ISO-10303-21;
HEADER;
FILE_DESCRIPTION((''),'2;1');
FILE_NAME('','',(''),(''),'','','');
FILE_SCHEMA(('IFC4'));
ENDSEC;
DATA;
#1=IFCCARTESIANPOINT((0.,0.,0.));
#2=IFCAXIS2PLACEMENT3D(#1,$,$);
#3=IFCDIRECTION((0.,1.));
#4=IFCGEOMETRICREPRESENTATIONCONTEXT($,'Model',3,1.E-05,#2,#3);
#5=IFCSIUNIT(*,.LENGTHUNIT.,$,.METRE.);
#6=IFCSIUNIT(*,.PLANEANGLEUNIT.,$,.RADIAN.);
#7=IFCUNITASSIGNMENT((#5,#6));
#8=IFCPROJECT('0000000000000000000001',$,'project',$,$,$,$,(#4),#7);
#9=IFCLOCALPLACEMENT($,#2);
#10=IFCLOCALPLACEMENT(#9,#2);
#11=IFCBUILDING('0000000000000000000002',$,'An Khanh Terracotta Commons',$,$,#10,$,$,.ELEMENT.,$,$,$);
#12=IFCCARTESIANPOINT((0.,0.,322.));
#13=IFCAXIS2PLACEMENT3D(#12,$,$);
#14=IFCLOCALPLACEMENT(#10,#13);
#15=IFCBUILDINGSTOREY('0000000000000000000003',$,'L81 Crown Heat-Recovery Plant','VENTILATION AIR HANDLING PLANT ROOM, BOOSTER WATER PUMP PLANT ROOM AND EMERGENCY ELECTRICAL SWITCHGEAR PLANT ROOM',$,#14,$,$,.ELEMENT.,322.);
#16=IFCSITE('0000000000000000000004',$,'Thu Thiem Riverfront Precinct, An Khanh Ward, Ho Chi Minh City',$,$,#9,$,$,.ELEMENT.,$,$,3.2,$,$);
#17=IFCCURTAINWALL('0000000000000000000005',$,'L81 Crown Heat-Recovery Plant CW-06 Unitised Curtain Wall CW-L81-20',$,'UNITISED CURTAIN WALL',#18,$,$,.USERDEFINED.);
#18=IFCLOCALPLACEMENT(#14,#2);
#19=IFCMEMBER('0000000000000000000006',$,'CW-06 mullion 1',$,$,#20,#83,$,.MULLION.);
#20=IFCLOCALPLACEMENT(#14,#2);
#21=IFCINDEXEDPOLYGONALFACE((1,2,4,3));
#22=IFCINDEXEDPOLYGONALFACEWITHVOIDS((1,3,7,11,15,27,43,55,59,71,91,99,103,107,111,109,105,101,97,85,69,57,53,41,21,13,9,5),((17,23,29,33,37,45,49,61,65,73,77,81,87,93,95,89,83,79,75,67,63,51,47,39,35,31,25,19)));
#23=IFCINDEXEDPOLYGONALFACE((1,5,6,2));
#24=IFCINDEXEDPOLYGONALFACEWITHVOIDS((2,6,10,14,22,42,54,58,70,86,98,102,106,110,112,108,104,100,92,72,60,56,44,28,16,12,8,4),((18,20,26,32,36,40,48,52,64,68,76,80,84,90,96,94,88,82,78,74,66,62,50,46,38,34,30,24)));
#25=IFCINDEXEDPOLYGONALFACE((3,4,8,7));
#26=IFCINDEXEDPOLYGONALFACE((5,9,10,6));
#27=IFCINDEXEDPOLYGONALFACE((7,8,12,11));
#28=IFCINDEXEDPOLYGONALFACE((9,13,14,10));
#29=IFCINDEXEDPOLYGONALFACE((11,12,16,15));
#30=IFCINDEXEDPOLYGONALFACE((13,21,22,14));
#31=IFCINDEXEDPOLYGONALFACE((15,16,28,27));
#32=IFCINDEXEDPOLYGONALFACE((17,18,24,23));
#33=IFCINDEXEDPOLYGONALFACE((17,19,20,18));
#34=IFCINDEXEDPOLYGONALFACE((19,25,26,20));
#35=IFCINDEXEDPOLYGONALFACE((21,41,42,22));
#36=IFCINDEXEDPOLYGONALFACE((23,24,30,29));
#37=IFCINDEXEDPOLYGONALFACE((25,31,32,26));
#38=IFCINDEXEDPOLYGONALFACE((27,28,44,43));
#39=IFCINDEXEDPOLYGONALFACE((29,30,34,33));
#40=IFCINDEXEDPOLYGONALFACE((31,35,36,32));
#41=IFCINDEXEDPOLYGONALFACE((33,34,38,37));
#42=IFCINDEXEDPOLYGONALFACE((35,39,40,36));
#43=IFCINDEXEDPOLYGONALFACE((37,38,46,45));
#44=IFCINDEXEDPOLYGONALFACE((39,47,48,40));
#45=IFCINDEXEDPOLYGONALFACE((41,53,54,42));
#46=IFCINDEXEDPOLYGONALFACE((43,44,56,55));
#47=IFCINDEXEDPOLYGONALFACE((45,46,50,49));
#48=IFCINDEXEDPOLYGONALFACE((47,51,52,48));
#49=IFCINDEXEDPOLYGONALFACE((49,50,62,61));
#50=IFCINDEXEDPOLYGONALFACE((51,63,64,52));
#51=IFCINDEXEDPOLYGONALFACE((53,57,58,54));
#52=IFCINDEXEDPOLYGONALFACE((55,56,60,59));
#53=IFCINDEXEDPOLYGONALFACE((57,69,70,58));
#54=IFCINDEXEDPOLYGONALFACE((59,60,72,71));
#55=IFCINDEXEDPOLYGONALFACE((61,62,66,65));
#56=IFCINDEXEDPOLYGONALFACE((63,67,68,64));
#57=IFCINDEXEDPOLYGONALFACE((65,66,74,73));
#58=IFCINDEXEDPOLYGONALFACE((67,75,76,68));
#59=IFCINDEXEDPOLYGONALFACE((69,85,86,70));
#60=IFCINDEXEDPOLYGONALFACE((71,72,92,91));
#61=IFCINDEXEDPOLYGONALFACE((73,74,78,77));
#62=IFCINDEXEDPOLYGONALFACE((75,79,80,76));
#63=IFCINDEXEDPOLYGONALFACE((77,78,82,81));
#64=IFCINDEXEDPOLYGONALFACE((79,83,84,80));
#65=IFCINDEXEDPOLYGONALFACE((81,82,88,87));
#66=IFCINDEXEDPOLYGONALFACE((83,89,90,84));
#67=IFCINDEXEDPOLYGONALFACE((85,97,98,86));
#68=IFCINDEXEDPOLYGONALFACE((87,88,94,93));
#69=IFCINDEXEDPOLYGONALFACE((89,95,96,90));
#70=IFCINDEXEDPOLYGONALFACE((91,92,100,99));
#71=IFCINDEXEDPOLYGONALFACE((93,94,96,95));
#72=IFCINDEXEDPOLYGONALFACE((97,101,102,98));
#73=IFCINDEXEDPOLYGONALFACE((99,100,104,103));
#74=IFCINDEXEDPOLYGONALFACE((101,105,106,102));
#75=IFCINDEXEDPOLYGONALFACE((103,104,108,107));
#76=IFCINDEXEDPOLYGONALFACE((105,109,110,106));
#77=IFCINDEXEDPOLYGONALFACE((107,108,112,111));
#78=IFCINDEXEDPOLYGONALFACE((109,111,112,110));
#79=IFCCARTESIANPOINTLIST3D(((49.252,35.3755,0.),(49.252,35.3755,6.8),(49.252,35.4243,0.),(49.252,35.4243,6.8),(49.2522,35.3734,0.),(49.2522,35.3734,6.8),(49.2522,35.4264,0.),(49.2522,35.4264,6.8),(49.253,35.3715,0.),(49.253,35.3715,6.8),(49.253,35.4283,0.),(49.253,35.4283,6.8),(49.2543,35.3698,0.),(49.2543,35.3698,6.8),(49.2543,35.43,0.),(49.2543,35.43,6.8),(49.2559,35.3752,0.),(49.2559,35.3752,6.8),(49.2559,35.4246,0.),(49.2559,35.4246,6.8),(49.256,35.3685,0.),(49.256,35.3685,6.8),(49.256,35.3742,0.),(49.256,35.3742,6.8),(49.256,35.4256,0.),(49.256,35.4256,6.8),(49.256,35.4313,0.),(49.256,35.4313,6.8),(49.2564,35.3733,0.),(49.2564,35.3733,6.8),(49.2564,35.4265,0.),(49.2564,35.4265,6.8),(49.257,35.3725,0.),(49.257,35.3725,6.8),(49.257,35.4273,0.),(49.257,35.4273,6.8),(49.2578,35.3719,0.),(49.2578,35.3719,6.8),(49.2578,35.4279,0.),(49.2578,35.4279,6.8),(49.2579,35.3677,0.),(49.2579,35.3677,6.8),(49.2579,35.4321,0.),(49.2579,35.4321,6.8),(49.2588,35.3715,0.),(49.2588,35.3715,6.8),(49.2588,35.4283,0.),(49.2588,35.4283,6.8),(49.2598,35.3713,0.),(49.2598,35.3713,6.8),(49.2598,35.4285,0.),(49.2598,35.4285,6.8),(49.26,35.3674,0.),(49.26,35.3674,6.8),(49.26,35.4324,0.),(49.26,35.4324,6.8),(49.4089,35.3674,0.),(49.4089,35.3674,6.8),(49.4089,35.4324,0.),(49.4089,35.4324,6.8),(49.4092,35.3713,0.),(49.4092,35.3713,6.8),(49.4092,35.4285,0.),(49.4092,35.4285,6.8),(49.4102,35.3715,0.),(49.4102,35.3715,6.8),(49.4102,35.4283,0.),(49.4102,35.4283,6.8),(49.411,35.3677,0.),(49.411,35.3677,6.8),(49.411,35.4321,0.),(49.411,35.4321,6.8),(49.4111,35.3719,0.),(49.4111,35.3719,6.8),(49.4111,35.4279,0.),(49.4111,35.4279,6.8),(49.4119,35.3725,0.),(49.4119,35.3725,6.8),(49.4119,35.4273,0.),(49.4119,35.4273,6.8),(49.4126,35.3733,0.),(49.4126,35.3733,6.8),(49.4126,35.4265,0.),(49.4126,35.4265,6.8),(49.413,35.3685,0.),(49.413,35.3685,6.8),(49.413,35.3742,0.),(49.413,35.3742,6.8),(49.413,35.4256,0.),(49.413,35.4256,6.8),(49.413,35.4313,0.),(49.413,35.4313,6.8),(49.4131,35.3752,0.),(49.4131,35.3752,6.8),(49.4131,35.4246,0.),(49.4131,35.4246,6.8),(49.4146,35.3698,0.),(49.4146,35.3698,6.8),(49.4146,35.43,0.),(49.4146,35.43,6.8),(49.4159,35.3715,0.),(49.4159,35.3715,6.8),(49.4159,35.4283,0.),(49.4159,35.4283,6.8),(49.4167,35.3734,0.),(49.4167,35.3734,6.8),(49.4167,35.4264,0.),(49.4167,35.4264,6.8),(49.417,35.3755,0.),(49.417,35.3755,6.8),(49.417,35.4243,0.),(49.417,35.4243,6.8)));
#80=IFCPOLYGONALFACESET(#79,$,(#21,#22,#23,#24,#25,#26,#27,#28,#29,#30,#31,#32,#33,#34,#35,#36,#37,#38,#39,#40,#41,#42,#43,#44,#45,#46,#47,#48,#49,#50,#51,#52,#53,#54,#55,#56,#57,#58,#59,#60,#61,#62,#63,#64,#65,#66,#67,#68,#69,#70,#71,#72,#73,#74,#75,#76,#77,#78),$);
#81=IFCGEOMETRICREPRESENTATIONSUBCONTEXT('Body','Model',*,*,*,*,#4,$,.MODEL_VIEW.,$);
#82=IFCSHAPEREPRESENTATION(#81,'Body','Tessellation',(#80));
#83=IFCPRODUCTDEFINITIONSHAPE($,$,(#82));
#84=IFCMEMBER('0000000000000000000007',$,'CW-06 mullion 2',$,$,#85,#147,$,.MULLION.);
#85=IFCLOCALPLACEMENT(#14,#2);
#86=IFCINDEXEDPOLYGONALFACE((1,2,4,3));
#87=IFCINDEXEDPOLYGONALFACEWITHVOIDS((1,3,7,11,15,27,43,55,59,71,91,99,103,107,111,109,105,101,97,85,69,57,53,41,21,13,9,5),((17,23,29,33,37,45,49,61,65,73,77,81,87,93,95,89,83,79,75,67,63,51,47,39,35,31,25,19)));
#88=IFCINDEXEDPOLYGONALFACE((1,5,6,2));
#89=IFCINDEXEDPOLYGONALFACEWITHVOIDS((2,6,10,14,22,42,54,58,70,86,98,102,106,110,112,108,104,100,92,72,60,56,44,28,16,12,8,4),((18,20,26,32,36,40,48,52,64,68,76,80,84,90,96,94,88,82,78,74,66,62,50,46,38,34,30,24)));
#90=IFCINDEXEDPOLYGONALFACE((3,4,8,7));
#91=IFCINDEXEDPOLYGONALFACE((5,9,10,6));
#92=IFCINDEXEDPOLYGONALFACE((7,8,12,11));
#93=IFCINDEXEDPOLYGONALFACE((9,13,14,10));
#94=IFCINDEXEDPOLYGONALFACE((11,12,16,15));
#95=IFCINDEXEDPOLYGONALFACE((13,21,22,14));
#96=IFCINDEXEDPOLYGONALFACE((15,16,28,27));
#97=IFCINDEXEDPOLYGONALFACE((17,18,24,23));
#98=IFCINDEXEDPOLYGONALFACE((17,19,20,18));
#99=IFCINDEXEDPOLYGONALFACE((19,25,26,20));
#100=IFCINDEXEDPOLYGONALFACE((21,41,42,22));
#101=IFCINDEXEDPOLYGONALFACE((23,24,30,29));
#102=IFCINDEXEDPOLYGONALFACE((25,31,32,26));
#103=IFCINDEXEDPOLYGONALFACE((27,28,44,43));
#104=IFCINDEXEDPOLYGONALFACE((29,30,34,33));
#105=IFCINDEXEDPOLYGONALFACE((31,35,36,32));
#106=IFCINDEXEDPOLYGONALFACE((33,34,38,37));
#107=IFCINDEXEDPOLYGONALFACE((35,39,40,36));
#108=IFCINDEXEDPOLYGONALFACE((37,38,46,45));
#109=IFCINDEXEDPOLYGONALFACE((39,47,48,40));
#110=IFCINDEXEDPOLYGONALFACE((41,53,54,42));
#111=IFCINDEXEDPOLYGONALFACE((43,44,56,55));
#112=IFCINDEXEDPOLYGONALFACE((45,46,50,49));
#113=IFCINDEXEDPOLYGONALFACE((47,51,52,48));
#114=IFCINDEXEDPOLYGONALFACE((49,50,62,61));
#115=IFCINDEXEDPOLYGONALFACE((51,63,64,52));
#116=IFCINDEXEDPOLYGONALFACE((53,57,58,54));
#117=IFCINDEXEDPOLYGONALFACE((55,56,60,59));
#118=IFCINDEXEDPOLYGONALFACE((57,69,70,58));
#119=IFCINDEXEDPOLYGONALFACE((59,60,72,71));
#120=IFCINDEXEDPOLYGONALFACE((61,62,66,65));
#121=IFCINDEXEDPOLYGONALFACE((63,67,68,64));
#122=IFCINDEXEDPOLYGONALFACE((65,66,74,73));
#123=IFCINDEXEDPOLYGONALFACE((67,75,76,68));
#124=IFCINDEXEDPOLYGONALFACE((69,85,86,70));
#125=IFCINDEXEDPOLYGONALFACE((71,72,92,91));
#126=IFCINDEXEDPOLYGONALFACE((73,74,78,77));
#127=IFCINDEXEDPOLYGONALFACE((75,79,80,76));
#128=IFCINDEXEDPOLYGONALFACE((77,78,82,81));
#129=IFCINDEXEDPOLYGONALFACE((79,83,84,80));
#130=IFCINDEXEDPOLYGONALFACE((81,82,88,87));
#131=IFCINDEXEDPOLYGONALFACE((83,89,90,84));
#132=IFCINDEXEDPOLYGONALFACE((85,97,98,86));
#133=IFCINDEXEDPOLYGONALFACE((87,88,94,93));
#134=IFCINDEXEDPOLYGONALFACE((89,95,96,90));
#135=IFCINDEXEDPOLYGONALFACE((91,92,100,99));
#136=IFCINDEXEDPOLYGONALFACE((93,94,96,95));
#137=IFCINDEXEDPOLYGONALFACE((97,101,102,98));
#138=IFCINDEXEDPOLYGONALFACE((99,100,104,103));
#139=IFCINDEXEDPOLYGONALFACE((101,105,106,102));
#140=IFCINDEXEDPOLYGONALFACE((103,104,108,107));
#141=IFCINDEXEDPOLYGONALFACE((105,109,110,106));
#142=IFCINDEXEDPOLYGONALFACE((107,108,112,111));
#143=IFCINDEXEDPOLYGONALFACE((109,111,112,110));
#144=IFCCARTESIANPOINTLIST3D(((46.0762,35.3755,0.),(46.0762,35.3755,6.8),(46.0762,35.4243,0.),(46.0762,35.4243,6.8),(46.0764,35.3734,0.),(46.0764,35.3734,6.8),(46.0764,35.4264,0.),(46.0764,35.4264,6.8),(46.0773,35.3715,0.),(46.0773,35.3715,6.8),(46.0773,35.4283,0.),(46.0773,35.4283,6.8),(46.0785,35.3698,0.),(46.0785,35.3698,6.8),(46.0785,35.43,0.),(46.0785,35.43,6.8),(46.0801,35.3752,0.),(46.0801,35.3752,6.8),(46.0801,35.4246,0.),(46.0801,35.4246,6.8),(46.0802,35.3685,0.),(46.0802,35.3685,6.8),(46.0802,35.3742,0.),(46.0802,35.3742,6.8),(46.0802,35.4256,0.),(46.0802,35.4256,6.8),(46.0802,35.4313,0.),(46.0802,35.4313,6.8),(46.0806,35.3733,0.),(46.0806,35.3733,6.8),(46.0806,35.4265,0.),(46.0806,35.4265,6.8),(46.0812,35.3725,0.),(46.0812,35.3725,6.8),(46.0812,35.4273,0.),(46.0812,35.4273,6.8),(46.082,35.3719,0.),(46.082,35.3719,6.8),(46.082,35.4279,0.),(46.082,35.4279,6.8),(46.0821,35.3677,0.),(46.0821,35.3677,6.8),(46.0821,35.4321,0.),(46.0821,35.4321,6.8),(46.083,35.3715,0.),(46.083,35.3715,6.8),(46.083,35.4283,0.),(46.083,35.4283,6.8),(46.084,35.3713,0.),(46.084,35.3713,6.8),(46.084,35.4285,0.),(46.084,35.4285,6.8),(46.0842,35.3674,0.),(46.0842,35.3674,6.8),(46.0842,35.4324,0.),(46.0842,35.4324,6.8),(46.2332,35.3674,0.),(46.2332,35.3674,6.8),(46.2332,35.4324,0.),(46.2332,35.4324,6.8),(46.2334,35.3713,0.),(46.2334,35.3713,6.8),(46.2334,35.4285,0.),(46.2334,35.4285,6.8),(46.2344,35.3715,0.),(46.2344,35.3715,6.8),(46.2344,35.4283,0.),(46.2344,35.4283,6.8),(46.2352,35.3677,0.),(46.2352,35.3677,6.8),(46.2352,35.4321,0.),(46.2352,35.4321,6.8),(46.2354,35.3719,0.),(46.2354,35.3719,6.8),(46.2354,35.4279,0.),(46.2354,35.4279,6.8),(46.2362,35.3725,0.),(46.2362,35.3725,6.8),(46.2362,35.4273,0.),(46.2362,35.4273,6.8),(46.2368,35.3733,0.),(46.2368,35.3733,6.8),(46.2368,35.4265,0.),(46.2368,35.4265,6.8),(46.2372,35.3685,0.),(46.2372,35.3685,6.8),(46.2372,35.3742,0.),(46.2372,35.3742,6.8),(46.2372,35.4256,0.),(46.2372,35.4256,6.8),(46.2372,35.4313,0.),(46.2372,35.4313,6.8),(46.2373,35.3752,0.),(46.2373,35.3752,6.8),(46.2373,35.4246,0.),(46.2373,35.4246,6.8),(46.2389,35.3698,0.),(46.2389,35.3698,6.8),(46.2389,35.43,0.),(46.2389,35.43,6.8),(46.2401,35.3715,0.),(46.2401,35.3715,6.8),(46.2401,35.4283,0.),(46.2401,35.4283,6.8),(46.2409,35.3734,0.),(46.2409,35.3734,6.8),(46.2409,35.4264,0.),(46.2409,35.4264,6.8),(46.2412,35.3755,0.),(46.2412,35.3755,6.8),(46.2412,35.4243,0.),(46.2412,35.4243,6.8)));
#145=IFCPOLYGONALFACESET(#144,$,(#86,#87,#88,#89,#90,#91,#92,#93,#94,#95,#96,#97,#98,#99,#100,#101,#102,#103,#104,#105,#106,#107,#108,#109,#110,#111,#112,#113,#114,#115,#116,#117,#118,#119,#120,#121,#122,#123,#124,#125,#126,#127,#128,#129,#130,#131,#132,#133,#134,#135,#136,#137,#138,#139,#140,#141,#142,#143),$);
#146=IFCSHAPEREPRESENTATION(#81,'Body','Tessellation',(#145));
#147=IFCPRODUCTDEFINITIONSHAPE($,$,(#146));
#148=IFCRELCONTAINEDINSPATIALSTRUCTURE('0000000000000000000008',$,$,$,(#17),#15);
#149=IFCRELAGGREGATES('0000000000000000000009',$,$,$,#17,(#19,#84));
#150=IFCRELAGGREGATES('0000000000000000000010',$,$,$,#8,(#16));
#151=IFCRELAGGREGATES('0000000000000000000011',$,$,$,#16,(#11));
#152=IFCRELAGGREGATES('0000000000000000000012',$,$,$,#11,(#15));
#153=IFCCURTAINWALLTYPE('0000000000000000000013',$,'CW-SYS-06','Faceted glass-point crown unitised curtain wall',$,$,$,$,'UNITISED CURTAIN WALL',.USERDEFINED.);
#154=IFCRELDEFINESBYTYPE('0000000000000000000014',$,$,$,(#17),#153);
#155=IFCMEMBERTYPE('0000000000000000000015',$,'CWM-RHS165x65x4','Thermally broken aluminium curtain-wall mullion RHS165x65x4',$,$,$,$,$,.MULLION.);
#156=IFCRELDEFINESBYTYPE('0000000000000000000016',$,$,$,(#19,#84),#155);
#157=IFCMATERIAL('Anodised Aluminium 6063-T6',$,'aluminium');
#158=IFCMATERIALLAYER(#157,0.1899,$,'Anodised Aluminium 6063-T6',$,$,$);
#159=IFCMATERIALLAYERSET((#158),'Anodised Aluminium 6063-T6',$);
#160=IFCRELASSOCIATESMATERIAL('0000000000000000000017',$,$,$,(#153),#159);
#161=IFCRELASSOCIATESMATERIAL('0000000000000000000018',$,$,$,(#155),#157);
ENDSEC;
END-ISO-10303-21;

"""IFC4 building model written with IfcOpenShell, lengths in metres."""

from ifc_helpers import new_model, si_unit, direction, frame, origin, origin_2d, place, context, subcontext, project, spatial, hollow_rectangle, extrude, material, layer, layer_set, material_profile, profile_set, type_object, element, aggregate, save


model = new_model("IFC4")

# Units and contexts
model_context = context("Model", 3, precision=1e-05, world=origin(), true_north=direction((0.0, 1.0)))
body_context = subcontext(model_context, "Body", "Model", "MODEL_VIEW")
ifc_project = project(units=[si_unit("LENGTHUNIT", "METRE"), si_unit("PLANEANGLEUNIT", "RADIAN")], contexts=[model_context])

# Site, building, storey
site_placement = place(None, origin())
site = spatial("IfcSite", under=ifc_project, at=site_placement, Name="Thu Thiem Riverfront Precinct, An Khanh Ward, Ho Chi Minh City", CompositionType="ELEMENT", RefElevation=3.2)
building_placement = place(site_placement, origin())
building = spatial("IfcBuilding", under=site, at=building_placement, Name="An Khanh Terracotta Commons", CompositionType="ELEMENT")
storey_placement = place(building_placement, frame((0.0, 0.0, 322.0)))
storey = spatial("IfcBuildingStorey", under=building, at=storey_placement, Name="L81 Crown Heat-Recovery Plant", Description="VENTILATION AIR HANDLING PLANT ROOM, BOOSTER WATER PUMP PLANT ROOM AND EMERGENCY ELECTRICAL SWITCHGEAR PLANT ROOM", CompositionType="ELEMENT", Elevation=322.0)

# Curtain wall, members
ifc_material_1 = material(Name="Anodised Aluminium 6063-T6", Category="aluminium")
ifc_layer_1 = layer(ifc_material_1, 0.1899, Name="Anodised Aluminium 6063-T6")
ifc_layer_set_1 = layer_set([ifc_layer_1], Name="Anodised Aluminium 6063-T6")
curtain_wall_type = type_object("IfcCurtainWallType", Name="CW-SYS-06", Description="Faceted glass-point crown unitised curtain wall", ElementType="UNITISED CURTAIN WALL", PredefinedType="USERDEFINED", material=ifc_layer_set_1)
curtain_wall_placement = place(storey_placement, origin())
curtain_wall = element("IfcCurtainWall", 1, at=curtain_wall_placement, inside=storey, type_object=curtain_wall_type, Name="L81 Crown Heat-Recovery Plant CW-06 Unitised Curtain Wall CW-L81-20", ObjectType="UNITISED CURTAIN WALL", PredefinedType="USERDEFINED")
ifc_material_profile_1 = material_profile(ifc_material_1, hollow_rectangle(XDim=0.0649, YDim=0.165, WallThickness=0.0039, InnerFilletRadius=0.0039, OuterFilletRadius=0.0081, at=origin_2d()), Name="RHS165x65x4")
ifc_profile_set_1 = profile_set([ifc_material_profile_1], Name="Anodised Aluminium 6063-T6")
member_type_1 = type_object("IfcMemberType", Name="CWM-RHS165x65x4", Description="Thermally broken aluminium curtain-wall mullion RHS165x65x4", PredefinedType="MULLION", material=ifc_profile_set_1)
member_1_placement = place(storey_placement, frame((49.3345, 35.3999, 0.0), z_axis=(0.0, 0.0, 1.0), x_axis=(0.0, -1.0, 0.0)))
member_1 = element("IfcMember", 2, at=member_1_placement, type_object=member_type_1, Name="CW-06 mullion 1", PredefinedType="MULLION", context=body_context, shape_type="SweptSolid", body=[
    extrude(hollow_rectangle(XDim=0.0649, YDim=0.165, WallThickness=0.0039, InnerFilletRadius=0.0039, OuterFilletRadius=0.0081, at=origin_2d()), origin(), (0.0, 0.0, 1.0), 6.8),
])
member_2_placement = place(storey_placement, frame((46.1587, 35.3999, 0.0), z_axis=(0.0, 0.0, 1.0), x_axis=(0.0, -1.0, 0.0)))
member_2 = element("IfcMember", 3, at=member_2_placement, type_object=member_type_1, Name="CW-06 mullion 2", PredefinedType="MULLION", context=body_context, shape_type="SweptSolid", body=[
    extrude(hollow_rectangle(XDim=0.0649, YDim=0.165, WallThickness=0.0039, InnerFilletRadius=0.0039, OuterFilletRadius=0.0081, at=origin_2d()), origin(), (0.0, 0.0, 1.0), 6.8),
])

aggregate(curtain_wall, [member_1, member_2])

save(model, "model.ifc")
